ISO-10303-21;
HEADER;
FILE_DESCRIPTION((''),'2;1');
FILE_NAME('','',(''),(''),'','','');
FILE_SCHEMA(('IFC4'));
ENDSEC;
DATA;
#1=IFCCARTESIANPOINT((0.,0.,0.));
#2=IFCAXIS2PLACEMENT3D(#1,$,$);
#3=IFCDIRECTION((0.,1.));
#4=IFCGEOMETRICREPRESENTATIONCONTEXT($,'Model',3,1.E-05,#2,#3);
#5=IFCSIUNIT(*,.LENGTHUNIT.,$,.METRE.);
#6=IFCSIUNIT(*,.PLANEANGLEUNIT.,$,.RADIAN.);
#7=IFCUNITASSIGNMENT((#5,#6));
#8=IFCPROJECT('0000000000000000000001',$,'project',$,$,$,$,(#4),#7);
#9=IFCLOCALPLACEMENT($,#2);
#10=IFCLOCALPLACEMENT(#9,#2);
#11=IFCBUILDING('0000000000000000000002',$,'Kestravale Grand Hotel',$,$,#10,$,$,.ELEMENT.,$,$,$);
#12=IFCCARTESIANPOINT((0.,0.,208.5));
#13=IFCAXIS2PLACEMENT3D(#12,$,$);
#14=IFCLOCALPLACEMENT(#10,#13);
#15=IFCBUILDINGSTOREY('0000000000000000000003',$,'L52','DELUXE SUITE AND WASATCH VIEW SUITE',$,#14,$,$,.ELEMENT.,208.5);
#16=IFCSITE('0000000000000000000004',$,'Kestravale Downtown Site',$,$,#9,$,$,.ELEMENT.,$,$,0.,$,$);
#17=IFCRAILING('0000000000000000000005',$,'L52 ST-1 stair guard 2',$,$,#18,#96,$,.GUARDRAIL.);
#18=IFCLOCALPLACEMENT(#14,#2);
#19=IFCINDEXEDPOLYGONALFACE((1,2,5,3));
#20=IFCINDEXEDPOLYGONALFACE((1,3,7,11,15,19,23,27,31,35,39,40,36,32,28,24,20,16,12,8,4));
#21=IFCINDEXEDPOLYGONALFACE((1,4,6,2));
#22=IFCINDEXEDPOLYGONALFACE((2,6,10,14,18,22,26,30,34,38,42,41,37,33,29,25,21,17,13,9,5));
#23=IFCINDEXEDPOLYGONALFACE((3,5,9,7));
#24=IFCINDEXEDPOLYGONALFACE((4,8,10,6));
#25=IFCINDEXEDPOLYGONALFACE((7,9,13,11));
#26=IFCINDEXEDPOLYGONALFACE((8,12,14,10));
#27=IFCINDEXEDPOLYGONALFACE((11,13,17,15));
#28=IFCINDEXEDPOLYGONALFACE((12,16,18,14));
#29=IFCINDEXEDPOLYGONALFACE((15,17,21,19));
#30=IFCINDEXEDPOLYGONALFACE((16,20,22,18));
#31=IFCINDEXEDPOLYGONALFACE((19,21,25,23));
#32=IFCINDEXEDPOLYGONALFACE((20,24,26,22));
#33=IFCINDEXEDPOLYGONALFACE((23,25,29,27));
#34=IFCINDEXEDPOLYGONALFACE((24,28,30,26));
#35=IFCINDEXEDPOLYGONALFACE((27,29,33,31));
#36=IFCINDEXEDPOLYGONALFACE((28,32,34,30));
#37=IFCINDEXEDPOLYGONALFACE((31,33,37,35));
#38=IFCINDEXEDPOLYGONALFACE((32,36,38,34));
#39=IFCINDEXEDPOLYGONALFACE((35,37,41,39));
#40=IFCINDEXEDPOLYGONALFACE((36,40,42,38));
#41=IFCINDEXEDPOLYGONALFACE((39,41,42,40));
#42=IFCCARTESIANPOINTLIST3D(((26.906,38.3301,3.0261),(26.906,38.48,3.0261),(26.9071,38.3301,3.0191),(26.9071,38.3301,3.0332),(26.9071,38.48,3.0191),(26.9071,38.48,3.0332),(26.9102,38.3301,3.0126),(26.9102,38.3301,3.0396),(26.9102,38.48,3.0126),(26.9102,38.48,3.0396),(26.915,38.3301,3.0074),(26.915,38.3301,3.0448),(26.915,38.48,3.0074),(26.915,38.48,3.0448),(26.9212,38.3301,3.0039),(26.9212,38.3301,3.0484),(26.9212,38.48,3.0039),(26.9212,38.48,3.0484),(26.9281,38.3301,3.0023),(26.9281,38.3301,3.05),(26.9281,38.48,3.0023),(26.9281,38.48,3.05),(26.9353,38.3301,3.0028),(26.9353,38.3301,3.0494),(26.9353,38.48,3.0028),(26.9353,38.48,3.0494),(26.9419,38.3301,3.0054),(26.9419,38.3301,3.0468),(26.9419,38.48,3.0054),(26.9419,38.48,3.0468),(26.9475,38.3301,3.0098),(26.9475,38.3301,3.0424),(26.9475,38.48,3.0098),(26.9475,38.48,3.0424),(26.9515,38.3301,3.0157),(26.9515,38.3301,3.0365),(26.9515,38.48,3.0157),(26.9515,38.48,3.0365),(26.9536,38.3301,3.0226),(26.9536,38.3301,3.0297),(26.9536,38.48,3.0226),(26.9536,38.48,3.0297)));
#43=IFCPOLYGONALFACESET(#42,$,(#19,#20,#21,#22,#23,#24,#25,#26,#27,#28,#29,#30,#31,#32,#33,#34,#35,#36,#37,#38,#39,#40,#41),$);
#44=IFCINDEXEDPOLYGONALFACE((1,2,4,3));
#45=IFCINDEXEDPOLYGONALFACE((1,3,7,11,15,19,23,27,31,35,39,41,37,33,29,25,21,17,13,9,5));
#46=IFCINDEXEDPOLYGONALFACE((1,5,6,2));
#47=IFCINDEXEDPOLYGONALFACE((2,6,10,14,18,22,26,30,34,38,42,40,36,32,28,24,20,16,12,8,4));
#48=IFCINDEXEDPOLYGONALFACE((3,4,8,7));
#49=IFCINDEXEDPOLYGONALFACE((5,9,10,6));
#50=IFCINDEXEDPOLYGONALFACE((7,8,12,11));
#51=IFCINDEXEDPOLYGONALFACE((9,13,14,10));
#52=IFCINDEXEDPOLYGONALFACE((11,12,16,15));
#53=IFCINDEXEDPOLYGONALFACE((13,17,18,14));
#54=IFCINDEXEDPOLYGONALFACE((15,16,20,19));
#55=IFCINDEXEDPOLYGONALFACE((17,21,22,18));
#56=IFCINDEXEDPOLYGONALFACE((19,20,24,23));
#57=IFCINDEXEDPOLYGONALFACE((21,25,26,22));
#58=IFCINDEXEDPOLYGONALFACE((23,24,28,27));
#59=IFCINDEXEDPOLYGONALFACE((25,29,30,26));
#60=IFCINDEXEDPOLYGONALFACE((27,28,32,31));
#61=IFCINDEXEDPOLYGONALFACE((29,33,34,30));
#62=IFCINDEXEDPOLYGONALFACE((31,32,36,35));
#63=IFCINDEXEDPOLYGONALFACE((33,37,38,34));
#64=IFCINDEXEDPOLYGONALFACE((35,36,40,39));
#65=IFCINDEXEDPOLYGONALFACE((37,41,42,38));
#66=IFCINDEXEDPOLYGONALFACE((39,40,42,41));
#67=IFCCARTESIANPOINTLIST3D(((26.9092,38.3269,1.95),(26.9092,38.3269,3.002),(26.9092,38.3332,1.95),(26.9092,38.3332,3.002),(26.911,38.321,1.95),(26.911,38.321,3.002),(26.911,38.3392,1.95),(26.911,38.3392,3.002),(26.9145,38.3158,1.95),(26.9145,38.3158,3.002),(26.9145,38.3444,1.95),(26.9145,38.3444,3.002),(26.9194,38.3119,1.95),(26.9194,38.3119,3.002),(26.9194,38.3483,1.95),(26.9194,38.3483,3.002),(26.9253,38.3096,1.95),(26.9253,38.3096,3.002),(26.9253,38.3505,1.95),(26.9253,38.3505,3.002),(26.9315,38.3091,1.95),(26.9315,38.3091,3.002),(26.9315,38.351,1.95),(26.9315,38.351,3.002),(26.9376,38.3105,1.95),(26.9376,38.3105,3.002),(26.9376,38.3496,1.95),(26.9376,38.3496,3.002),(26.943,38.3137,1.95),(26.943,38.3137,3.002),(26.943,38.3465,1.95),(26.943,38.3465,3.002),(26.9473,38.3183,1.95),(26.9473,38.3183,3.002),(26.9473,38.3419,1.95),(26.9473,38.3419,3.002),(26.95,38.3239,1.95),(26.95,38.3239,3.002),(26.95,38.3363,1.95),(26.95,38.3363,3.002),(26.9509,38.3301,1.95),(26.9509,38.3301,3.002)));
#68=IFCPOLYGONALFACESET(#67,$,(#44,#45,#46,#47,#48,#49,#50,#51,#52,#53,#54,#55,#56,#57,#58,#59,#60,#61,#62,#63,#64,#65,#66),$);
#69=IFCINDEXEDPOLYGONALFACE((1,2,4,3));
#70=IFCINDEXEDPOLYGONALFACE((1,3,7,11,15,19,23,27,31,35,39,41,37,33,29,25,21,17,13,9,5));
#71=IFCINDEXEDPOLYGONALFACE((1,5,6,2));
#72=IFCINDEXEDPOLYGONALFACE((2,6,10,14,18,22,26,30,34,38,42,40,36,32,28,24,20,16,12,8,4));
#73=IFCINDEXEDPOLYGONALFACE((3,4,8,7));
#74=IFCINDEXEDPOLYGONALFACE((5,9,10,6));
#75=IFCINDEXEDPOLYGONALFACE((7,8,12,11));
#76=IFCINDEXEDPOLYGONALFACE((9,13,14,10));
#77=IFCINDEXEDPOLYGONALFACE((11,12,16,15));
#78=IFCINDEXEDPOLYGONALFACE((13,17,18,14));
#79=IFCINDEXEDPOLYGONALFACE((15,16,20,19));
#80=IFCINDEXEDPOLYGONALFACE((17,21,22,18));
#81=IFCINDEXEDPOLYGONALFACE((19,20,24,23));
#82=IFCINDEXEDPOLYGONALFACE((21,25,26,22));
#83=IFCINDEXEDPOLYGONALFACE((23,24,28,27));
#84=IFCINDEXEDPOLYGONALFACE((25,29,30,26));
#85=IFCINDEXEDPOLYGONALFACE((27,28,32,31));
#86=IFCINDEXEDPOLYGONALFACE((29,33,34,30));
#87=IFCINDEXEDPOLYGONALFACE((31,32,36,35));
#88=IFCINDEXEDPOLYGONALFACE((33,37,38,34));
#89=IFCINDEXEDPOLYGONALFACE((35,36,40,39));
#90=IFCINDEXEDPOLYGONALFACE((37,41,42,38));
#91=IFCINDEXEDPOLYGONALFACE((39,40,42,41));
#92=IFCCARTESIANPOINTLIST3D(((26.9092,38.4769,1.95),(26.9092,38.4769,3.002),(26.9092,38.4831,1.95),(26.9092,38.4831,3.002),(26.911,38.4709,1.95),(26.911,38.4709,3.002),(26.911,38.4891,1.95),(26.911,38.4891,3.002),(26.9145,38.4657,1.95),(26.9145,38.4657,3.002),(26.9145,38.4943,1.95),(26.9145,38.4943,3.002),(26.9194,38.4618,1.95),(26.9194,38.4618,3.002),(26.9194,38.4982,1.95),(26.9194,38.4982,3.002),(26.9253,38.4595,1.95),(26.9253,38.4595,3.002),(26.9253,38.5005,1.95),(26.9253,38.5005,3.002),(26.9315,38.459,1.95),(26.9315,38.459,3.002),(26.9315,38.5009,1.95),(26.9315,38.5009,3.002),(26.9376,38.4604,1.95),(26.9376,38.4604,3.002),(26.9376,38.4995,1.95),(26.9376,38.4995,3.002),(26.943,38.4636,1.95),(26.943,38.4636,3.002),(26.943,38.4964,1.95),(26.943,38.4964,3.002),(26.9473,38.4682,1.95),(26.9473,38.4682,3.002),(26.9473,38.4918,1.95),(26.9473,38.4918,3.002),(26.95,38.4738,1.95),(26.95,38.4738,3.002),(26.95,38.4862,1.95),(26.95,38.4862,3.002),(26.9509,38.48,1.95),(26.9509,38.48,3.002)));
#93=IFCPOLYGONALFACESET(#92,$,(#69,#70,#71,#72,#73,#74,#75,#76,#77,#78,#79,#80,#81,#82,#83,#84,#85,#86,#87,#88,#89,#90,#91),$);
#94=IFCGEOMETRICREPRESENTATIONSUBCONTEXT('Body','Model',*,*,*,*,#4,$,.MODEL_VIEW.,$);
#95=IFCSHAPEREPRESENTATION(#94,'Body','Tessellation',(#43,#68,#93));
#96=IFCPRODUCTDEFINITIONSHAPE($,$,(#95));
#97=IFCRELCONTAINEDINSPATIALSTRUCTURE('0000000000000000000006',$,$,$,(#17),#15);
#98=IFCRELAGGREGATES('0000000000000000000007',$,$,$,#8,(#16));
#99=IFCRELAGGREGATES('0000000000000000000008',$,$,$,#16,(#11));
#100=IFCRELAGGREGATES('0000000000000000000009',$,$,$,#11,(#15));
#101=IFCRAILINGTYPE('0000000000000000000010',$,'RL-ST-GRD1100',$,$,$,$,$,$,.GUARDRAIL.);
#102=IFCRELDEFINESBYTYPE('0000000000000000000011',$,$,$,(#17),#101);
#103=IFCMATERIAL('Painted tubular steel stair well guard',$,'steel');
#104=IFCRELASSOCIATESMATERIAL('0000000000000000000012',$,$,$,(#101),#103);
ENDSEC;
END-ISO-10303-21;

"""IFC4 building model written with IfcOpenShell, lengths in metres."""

from ifc_helpers import new_model, si_unit, direction, frame, origin, origin_2d, place, context, subcontext, project, spatial, circle, extrude, material, type_object, element, save


model = new_model("IFC4")

# Units and contexts
model_context = context("Model", 3, precision=1e-05, world=origin(), true_north=direction((0.0, 1.0)))
body_context = subcontext(model_context, "Body", "Model", "MODEL_VIEW")
ifc_project = project(units=[si_unit("LENGTHUNIT", "METRE"), si_unit("PLANEANGLEUNIT", "RADIAN")], contexts=[model_context])

# Site, building, storey
site_placement = place(None, origin())
site = spatial("IfcSite", under=ifc_project, at=site_placement, Name="Kestravale Downtown Site", CompositionType="ELEMENT", RefElevation=0.0)
building_placement = place(site_placement, origin())
building = spatial("IfcBuilding", under=site, at=building_placement, Name="Kestravale Grand Hotel", CompositionType="ELEMENT")
storey_placement = place(building_placement, frame((0.0, 0.0, 208.5)))
storey = spatial("IfcBuildingStorey", under=building, at=storey_placement, Name="L52", Description="DELUXE SUITE AND WASATCH VIEW SUITE", CompositionType="ELEMENT", Elevation=208.5)

# Railing
ifc_material_1 = material(Name="Painted tubular steel stair well guard", Category="steel")
railing_type_1 = type_object("IfcRailingType", Name="RL-ST-GRD1100", PredefinedType="GUARDRAIL", material=ifc_material_1)
railing_1_placement = place(storey_placement, frame((26.9299, 38.3301, 1.95)))
element("IfcRailing", 1, at=railing_1_placement, inside=storey, type_object=railing_type_1, Name="L52 ST-1 stair guard 2", PredefinedType="GUARDRAIL", context=body_context, shape_type="SweptSolid", body=[
    extrude(circle(Radius=0.0239, at=origin_2d()), frame((0.0, 0.0, 1.0762), z_axis=(0.0, 1.0, 0.0), x_axis=(-1.0, 0.0, 0.0)), (0.0, 0.0, 1.0), 0.1499),
    extrude(circle(Radius=0.021, at=origin_2d()), origin(), (0.0, 0.0, 1.0), 1.052),
    extrude(circle(Radius=0.021, at=origin_2d()), frame((0.0, 0.1499, 0.0)), (0.0, 0.0, 1.0), 1.052),
])

save(model, "model.ifc")
